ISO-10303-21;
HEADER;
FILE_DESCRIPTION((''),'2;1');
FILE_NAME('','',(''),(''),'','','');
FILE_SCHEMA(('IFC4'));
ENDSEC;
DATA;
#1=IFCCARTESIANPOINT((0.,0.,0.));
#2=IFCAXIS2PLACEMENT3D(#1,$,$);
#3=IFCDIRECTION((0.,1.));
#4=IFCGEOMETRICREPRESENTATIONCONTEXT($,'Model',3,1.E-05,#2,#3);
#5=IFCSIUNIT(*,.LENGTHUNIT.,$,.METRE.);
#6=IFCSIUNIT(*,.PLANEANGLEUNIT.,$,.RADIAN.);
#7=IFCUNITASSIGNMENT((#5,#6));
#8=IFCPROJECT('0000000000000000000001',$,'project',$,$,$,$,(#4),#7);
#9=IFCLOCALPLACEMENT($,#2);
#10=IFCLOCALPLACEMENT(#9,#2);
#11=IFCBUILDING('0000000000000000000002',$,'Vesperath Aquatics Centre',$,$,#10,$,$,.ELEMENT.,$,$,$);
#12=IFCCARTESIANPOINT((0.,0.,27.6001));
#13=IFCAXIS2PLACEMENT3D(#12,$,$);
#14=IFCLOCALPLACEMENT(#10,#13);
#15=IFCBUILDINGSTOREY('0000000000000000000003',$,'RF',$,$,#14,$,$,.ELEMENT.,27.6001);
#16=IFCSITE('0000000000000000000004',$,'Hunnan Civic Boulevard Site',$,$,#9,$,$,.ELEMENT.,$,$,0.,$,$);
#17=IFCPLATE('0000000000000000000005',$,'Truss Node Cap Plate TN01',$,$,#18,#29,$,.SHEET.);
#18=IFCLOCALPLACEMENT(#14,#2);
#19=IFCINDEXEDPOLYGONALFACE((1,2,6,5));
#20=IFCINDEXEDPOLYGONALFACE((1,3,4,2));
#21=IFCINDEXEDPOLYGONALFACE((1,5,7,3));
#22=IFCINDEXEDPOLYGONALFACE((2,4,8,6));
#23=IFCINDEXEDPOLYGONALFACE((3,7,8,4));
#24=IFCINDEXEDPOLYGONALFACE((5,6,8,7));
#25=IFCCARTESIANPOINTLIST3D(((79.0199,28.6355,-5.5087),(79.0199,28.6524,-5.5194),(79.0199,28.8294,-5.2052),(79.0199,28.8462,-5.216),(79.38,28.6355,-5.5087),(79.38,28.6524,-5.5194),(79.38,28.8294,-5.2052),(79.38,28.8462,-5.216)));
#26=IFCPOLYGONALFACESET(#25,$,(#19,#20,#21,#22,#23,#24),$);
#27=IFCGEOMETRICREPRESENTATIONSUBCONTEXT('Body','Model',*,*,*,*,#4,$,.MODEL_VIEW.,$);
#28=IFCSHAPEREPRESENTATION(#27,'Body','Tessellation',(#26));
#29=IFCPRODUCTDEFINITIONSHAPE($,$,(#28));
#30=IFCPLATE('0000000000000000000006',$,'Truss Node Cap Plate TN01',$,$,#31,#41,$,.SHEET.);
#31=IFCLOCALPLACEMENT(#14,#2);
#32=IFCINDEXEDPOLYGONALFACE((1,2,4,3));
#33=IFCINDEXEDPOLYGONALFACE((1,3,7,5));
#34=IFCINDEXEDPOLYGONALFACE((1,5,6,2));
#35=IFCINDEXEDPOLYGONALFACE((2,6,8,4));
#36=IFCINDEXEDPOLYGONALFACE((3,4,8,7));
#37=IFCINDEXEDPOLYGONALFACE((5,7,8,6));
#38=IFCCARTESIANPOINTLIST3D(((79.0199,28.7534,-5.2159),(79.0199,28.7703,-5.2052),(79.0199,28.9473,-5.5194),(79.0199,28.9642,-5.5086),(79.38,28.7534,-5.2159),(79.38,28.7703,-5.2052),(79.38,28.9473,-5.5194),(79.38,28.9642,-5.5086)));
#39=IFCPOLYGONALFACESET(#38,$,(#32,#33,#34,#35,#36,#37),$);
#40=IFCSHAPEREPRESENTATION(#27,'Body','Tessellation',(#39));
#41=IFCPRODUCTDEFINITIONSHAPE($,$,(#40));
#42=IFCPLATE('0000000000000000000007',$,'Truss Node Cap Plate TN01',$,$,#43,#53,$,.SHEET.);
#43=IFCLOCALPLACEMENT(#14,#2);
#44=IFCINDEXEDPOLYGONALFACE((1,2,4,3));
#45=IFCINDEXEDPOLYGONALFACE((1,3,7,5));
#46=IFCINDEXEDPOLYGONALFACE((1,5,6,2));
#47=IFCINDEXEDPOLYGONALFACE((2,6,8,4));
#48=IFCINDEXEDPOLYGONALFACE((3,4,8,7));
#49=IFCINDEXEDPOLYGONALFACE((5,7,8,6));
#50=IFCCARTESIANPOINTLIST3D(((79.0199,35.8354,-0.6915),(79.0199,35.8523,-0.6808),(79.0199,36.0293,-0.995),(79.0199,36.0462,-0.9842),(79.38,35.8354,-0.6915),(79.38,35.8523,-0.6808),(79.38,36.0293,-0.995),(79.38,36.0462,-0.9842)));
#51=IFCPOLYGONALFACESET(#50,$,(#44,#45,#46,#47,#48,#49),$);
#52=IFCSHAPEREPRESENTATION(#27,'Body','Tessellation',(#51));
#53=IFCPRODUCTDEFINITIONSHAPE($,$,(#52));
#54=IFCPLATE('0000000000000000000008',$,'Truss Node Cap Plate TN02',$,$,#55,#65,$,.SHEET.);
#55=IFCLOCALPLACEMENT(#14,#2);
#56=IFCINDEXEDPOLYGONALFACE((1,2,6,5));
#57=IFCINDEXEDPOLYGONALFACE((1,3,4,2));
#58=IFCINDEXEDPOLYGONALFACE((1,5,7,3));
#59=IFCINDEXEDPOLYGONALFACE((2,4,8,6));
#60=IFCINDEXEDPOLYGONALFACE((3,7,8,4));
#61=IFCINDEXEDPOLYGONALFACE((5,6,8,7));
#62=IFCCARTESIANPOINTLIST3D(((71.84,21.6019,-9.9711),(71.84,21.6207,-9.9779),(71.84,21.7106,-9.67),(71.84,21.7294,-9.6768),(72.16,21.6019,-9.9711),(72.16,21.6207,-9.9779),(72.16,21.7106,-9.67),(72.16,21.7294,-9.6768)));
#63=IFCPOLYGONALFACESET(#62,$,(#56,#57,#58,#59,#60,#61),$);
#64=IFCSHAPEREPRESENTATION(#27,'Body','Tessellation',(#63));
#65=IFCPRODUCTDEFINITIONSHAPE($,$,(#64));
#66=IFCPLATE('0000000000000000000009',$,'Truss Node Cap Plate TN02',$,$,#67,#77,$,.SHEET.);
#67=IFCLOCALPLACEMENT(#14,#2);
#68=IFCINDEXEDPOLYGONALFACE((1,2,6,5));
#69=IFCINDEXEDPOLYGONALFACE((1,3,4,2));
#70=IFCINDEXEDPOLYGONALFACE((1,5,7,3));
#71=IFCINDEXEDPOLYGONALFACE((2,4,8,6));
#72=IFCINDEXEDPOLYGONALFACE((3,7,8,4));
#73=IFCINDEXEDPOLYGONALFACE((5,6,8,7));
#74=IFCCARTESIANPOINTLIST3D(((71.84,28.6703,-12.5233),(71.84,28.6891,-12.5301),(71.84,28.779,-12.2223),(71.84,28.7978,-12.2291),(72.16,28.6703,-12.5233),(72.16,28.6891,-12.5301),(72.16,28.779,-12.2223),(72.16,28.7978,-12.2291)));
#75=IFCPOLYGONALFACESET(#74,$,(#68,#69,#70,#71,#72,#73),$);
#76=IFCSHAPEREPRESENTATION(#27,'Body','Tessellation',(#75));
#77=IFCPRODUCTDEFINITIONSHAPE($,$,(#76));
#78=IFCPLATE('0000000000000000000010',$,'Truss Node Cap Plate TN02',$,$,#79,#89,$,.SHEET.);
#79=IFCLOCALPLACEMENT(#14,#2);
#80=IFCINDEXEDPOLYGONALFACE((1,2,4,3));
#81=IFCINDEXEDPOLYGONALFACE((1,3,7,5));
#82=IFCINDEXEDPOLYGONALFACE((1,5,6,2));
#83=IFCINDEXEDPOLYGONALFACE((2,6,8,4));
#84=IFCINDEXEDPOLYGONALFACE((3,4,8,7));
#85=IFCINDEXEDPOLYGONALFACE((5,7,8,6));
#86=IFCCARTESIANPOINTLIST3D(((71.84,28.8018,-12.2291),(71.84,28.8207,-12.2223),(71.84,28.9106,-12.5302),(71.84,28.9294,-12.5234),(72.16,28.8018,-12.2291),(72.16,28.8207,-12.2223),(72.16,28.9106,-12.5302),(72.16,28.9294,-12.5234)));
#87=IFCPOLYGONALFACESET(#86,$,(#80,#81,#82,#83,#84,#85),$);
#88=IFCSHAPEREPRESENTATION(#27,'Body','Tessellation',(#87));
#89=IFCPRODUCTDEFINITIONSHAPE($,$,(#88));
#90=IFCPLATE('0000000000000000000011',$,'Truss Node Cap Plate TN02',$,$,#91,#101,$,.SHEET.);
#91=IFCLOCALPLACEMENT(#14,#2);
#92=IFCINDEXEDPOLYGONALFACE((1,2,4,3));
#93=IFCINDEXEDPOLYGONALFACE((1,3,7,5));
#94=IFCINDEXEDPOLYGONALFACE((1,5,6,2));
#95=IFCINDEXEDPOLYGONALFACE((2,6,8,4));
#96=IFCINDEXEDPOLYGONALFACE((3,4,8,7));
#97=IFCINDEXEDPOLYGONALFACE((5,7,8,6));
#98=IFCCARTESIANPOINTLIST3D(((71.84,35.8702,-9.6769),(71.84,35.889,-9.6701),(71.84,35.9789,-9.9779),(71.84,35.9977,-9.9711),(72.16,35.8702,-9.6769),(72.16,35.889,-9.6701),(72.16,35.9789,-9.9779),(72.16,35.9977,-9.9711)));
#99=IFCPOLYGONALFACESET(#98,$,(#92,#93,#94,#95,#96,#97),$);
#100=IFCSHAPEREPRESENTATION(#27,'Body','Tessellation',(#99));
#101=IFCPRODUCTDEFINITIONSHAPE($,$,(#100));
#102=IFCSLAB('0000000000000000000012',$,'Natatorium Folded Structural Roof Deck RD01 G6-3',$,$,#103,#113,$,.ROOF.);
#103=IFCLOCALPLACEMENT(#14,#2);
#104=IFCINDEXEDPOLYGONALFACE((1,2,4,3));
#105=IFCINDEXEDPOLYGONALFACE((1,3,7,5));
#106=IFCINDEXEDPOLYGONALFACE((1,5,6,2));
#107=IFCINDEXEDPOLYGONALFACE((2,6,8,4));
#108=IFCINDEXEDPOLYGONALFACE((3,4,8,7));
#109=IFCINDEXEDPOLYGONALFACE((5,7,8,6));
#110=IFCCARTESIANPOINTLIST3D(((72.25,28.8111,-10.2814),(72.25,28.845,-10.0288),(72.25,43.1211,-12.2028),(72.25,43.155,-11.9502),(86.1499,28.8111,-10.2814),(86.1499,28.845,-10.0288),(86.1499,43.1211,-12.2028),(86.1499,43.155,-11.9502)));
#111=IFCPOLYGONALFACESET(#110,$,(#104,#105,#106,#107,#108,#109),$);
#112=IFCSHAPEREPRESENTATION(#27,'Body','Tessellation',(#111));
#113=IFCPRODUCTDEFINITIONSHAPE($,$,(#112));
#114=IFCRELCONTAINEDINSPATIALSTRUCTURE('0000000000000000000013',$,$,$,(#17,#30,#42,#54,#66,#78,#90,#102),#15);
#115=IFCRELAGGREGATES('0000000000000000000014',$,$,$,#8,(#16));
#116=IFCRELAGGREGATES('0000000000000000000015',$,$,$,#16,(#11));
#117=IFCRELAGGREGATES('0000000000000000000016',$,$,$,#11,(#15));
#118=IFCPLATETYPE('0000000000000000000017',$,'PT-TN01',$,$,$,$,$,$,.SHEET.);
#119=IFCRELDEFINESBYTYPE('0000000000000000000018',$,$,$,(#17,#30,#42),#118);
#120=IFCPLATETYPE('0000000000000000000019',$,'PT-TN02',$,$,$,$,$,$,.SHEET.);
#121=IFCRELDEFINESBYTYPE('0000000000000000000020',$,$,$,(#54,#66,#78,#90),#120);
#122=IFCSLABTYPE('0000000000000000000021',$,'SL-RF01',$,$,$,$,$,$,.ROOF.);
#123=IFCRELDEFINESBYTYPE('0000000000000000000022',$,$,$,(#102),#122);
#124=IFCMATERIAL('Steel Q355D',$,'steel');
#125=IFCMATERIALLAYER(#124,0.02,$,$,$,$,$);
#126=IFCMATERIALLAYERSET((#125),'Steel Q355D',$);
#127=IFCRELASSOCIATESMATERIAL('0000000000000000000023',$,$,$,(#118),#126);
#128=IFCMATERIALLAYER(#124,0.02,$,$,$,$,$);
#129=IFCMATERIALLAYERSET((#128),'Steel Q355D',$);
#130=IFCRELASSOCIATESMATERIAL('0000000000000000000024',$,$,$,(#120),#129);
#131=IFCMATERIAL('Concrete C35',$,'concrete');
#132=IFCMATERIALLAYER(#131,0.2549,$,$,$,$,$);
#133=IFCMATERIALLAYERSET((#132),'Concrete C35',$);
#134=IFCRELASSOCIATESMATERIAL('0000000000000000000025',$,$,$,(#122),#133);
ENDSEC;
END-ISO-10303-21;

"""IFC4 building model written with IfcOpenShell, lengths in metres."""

from ifc_helpers import new_model, si_unit, direction, frame, origin, origin_2d, place, context, subcontext, project, spatial, polyline, rectangle, outline, extrude, material, layer, layer_set, type_object, element, save


model = new_model("IFC4")

# Units and contexts
model_context = context("Model", 3, precision=1e-05, world=origin(), true_north=direction((0.0, 1.0)))
body_context = subcontext(model_context, "Body", "Model", "MODEL_VIEW")
ifc_project = project(units=[si_unit("LENGTHUNIT", "METRE"), si_unit("PLANEANGLEUNIT", "RADIAN")], contexts=[model_context])

# Site, building, storey
site_placement = place(None, origin())
site = spatial("IfcSite", under=ifc_project, at=site_placement, Name="Hunnan Civic Boulevard Site", CompositionType="ELEMENT", RefElevation=0.0)
building_placement = place(site_placement, origin())
building = spatial("IfcBuilding", under=site, at=building_placement, Name="Vesperath Aquatics Centre", CompositionType="ELEMENT")
storey_placement = place(building_placement, frame((0.0, 0.0, 27.6001)))
storey = spatial("IfcBuildingStorey", under=building, at=storey_placement, Name="RF", CompositionType="ELEMENT", Elevation=27.6001)

# Shared definitions
ifc_material_1 = material(Name="Steel Q355D", Category="steel")

# Plates
ifc_layer_1 = layer(ifc_material_1, 0.02)
ifc_layer_set_1 = layer_set([ifc_layer_1], Name="Steel Q355D")
plate_type_1 = type_object("IfcPlateType", Name="PT-TN01", PredefinedType="SHEET", material=ifc_layer_set_1)
for number, where, z_axis, x_axis, name in (
    (1, (79.2, 28.7324, -5.3569), (0.0, 0.842696, -0.538389), (-1.0, 0.0, 0.0), "Truss Node Cap Plate TN01"),
    (2, (79.2, 28.8503, -5.3677), (0.0, 0.842696, 0.538389), (-1.0, 0.0, 0.0), "Truss Node Cap Plate TN01"),
    (3, (79.2, 35.9324, -0.8433), (0.0, 0.842696, 0.538389), (-1.0, 0.0, 0.0), "Truss Node Cap Plate TN01"),
):
    element("IfcPlate", number, at=place(storey_placement, frame(where, z_axis=z_axis, x_axis=x_axis)), inside=storey, type_object=plate_type_1, Name=name, PredefinedType="SHEET", context=body_context, shape_type="SweptSolid", body=[
        extrude(rectangle(XDim=0.3601, YDim=0.3601, at=origin_2d()), origin(), (0.0, 0.0, 1.0), 0.02),
    ])
ifc_layer_2 = layer(ifc_material_1, 0.02)
ifc_layer_set_2 = layer_set([ifc_layer_2], Name="Steel Q355D")
plate_type_2 = type_object("IfcPlateType", Name="PT-TN02", PredefinedType="SHEET", material=ifc_layer_set_2)
for number, where, z_axis, x_axis, name in (
    (4, (72.0, 21.6562, -9.8206), (0.0, 0.940554, -0.339644), (-1.0, 0.0, 0.0), "Truss Node Cap Plate TN02"),
    (5, (72.0, 28.7246, -12.3728), (0.0, 0.940554, -0.339644), (-1.0, 0.0, 0.0), "Truss Node Cap Plate TN02"),
    (6, (72.0, 28.8562, -12.3796), (0.0, 0.940554, 0.339644), (-1.0, 0.0, 0.0), "Truss Node Cap Plate TN02"),
    (7, (72.0, 35.9246, -9.8274), (0.0, 0.940554, 0.339644), (-1.0, 0.0, 0.0), "Truss Node Cap Plate TN02"),
):
    element("IfcPlate", number, at=place(storey_placement, frame(where, z_axis=z_axis, x_axis=x_axis)), inside=storey, type_object=plate_type_2, Name=name, PredefinedType="SHEET", context=body_context, shape_type="SweptSolid", body=[
        extrude(rectangle(XDim=0.3201, YDim=0.3201, at=origin_2d()), origin(), (0.0, 0.0, 1.0), 0.02),
    ])

# Slab
ifc_material_2 = material(Name="Concrete C35", Category="concrete")
ifc_layer_3 = layer(ifc_material_2, 0.2549)
ifc_layer_set_3 = layer_set([ifc_layer_3], Name="Concrete C35")
slab_type = type_object("IfcSlabType", Name="SL-RF01", PredefinedType="ROOF", material=ifc_layer_set_3)
slab_placement = place(storey_placement, frame((72.25, 28.845, -10.0288), z_axis=(0.0, 0.133074, 0.991106), x_axis=(1.0, 0.0, 0.0)))
element("IfcSlab", 8, at=slab_placement, inside=storey, type_object=slab_type, Name="Natatorium Folded Structural Roof Deck RD01 G6-3", PredefinedType="ROOF", context=body_context, shape_type="SweptSolid", body=[
    extrude(outline(polyline([(0.0, 0.0), (13.8999, 0.0), (13.8999, 14.4385), (0.0, 14.4385), (0.0, 0.0)])), origin(), (0.0, 0.0, -1.0), 0.2549),
])

save(model, "model.ifc")
